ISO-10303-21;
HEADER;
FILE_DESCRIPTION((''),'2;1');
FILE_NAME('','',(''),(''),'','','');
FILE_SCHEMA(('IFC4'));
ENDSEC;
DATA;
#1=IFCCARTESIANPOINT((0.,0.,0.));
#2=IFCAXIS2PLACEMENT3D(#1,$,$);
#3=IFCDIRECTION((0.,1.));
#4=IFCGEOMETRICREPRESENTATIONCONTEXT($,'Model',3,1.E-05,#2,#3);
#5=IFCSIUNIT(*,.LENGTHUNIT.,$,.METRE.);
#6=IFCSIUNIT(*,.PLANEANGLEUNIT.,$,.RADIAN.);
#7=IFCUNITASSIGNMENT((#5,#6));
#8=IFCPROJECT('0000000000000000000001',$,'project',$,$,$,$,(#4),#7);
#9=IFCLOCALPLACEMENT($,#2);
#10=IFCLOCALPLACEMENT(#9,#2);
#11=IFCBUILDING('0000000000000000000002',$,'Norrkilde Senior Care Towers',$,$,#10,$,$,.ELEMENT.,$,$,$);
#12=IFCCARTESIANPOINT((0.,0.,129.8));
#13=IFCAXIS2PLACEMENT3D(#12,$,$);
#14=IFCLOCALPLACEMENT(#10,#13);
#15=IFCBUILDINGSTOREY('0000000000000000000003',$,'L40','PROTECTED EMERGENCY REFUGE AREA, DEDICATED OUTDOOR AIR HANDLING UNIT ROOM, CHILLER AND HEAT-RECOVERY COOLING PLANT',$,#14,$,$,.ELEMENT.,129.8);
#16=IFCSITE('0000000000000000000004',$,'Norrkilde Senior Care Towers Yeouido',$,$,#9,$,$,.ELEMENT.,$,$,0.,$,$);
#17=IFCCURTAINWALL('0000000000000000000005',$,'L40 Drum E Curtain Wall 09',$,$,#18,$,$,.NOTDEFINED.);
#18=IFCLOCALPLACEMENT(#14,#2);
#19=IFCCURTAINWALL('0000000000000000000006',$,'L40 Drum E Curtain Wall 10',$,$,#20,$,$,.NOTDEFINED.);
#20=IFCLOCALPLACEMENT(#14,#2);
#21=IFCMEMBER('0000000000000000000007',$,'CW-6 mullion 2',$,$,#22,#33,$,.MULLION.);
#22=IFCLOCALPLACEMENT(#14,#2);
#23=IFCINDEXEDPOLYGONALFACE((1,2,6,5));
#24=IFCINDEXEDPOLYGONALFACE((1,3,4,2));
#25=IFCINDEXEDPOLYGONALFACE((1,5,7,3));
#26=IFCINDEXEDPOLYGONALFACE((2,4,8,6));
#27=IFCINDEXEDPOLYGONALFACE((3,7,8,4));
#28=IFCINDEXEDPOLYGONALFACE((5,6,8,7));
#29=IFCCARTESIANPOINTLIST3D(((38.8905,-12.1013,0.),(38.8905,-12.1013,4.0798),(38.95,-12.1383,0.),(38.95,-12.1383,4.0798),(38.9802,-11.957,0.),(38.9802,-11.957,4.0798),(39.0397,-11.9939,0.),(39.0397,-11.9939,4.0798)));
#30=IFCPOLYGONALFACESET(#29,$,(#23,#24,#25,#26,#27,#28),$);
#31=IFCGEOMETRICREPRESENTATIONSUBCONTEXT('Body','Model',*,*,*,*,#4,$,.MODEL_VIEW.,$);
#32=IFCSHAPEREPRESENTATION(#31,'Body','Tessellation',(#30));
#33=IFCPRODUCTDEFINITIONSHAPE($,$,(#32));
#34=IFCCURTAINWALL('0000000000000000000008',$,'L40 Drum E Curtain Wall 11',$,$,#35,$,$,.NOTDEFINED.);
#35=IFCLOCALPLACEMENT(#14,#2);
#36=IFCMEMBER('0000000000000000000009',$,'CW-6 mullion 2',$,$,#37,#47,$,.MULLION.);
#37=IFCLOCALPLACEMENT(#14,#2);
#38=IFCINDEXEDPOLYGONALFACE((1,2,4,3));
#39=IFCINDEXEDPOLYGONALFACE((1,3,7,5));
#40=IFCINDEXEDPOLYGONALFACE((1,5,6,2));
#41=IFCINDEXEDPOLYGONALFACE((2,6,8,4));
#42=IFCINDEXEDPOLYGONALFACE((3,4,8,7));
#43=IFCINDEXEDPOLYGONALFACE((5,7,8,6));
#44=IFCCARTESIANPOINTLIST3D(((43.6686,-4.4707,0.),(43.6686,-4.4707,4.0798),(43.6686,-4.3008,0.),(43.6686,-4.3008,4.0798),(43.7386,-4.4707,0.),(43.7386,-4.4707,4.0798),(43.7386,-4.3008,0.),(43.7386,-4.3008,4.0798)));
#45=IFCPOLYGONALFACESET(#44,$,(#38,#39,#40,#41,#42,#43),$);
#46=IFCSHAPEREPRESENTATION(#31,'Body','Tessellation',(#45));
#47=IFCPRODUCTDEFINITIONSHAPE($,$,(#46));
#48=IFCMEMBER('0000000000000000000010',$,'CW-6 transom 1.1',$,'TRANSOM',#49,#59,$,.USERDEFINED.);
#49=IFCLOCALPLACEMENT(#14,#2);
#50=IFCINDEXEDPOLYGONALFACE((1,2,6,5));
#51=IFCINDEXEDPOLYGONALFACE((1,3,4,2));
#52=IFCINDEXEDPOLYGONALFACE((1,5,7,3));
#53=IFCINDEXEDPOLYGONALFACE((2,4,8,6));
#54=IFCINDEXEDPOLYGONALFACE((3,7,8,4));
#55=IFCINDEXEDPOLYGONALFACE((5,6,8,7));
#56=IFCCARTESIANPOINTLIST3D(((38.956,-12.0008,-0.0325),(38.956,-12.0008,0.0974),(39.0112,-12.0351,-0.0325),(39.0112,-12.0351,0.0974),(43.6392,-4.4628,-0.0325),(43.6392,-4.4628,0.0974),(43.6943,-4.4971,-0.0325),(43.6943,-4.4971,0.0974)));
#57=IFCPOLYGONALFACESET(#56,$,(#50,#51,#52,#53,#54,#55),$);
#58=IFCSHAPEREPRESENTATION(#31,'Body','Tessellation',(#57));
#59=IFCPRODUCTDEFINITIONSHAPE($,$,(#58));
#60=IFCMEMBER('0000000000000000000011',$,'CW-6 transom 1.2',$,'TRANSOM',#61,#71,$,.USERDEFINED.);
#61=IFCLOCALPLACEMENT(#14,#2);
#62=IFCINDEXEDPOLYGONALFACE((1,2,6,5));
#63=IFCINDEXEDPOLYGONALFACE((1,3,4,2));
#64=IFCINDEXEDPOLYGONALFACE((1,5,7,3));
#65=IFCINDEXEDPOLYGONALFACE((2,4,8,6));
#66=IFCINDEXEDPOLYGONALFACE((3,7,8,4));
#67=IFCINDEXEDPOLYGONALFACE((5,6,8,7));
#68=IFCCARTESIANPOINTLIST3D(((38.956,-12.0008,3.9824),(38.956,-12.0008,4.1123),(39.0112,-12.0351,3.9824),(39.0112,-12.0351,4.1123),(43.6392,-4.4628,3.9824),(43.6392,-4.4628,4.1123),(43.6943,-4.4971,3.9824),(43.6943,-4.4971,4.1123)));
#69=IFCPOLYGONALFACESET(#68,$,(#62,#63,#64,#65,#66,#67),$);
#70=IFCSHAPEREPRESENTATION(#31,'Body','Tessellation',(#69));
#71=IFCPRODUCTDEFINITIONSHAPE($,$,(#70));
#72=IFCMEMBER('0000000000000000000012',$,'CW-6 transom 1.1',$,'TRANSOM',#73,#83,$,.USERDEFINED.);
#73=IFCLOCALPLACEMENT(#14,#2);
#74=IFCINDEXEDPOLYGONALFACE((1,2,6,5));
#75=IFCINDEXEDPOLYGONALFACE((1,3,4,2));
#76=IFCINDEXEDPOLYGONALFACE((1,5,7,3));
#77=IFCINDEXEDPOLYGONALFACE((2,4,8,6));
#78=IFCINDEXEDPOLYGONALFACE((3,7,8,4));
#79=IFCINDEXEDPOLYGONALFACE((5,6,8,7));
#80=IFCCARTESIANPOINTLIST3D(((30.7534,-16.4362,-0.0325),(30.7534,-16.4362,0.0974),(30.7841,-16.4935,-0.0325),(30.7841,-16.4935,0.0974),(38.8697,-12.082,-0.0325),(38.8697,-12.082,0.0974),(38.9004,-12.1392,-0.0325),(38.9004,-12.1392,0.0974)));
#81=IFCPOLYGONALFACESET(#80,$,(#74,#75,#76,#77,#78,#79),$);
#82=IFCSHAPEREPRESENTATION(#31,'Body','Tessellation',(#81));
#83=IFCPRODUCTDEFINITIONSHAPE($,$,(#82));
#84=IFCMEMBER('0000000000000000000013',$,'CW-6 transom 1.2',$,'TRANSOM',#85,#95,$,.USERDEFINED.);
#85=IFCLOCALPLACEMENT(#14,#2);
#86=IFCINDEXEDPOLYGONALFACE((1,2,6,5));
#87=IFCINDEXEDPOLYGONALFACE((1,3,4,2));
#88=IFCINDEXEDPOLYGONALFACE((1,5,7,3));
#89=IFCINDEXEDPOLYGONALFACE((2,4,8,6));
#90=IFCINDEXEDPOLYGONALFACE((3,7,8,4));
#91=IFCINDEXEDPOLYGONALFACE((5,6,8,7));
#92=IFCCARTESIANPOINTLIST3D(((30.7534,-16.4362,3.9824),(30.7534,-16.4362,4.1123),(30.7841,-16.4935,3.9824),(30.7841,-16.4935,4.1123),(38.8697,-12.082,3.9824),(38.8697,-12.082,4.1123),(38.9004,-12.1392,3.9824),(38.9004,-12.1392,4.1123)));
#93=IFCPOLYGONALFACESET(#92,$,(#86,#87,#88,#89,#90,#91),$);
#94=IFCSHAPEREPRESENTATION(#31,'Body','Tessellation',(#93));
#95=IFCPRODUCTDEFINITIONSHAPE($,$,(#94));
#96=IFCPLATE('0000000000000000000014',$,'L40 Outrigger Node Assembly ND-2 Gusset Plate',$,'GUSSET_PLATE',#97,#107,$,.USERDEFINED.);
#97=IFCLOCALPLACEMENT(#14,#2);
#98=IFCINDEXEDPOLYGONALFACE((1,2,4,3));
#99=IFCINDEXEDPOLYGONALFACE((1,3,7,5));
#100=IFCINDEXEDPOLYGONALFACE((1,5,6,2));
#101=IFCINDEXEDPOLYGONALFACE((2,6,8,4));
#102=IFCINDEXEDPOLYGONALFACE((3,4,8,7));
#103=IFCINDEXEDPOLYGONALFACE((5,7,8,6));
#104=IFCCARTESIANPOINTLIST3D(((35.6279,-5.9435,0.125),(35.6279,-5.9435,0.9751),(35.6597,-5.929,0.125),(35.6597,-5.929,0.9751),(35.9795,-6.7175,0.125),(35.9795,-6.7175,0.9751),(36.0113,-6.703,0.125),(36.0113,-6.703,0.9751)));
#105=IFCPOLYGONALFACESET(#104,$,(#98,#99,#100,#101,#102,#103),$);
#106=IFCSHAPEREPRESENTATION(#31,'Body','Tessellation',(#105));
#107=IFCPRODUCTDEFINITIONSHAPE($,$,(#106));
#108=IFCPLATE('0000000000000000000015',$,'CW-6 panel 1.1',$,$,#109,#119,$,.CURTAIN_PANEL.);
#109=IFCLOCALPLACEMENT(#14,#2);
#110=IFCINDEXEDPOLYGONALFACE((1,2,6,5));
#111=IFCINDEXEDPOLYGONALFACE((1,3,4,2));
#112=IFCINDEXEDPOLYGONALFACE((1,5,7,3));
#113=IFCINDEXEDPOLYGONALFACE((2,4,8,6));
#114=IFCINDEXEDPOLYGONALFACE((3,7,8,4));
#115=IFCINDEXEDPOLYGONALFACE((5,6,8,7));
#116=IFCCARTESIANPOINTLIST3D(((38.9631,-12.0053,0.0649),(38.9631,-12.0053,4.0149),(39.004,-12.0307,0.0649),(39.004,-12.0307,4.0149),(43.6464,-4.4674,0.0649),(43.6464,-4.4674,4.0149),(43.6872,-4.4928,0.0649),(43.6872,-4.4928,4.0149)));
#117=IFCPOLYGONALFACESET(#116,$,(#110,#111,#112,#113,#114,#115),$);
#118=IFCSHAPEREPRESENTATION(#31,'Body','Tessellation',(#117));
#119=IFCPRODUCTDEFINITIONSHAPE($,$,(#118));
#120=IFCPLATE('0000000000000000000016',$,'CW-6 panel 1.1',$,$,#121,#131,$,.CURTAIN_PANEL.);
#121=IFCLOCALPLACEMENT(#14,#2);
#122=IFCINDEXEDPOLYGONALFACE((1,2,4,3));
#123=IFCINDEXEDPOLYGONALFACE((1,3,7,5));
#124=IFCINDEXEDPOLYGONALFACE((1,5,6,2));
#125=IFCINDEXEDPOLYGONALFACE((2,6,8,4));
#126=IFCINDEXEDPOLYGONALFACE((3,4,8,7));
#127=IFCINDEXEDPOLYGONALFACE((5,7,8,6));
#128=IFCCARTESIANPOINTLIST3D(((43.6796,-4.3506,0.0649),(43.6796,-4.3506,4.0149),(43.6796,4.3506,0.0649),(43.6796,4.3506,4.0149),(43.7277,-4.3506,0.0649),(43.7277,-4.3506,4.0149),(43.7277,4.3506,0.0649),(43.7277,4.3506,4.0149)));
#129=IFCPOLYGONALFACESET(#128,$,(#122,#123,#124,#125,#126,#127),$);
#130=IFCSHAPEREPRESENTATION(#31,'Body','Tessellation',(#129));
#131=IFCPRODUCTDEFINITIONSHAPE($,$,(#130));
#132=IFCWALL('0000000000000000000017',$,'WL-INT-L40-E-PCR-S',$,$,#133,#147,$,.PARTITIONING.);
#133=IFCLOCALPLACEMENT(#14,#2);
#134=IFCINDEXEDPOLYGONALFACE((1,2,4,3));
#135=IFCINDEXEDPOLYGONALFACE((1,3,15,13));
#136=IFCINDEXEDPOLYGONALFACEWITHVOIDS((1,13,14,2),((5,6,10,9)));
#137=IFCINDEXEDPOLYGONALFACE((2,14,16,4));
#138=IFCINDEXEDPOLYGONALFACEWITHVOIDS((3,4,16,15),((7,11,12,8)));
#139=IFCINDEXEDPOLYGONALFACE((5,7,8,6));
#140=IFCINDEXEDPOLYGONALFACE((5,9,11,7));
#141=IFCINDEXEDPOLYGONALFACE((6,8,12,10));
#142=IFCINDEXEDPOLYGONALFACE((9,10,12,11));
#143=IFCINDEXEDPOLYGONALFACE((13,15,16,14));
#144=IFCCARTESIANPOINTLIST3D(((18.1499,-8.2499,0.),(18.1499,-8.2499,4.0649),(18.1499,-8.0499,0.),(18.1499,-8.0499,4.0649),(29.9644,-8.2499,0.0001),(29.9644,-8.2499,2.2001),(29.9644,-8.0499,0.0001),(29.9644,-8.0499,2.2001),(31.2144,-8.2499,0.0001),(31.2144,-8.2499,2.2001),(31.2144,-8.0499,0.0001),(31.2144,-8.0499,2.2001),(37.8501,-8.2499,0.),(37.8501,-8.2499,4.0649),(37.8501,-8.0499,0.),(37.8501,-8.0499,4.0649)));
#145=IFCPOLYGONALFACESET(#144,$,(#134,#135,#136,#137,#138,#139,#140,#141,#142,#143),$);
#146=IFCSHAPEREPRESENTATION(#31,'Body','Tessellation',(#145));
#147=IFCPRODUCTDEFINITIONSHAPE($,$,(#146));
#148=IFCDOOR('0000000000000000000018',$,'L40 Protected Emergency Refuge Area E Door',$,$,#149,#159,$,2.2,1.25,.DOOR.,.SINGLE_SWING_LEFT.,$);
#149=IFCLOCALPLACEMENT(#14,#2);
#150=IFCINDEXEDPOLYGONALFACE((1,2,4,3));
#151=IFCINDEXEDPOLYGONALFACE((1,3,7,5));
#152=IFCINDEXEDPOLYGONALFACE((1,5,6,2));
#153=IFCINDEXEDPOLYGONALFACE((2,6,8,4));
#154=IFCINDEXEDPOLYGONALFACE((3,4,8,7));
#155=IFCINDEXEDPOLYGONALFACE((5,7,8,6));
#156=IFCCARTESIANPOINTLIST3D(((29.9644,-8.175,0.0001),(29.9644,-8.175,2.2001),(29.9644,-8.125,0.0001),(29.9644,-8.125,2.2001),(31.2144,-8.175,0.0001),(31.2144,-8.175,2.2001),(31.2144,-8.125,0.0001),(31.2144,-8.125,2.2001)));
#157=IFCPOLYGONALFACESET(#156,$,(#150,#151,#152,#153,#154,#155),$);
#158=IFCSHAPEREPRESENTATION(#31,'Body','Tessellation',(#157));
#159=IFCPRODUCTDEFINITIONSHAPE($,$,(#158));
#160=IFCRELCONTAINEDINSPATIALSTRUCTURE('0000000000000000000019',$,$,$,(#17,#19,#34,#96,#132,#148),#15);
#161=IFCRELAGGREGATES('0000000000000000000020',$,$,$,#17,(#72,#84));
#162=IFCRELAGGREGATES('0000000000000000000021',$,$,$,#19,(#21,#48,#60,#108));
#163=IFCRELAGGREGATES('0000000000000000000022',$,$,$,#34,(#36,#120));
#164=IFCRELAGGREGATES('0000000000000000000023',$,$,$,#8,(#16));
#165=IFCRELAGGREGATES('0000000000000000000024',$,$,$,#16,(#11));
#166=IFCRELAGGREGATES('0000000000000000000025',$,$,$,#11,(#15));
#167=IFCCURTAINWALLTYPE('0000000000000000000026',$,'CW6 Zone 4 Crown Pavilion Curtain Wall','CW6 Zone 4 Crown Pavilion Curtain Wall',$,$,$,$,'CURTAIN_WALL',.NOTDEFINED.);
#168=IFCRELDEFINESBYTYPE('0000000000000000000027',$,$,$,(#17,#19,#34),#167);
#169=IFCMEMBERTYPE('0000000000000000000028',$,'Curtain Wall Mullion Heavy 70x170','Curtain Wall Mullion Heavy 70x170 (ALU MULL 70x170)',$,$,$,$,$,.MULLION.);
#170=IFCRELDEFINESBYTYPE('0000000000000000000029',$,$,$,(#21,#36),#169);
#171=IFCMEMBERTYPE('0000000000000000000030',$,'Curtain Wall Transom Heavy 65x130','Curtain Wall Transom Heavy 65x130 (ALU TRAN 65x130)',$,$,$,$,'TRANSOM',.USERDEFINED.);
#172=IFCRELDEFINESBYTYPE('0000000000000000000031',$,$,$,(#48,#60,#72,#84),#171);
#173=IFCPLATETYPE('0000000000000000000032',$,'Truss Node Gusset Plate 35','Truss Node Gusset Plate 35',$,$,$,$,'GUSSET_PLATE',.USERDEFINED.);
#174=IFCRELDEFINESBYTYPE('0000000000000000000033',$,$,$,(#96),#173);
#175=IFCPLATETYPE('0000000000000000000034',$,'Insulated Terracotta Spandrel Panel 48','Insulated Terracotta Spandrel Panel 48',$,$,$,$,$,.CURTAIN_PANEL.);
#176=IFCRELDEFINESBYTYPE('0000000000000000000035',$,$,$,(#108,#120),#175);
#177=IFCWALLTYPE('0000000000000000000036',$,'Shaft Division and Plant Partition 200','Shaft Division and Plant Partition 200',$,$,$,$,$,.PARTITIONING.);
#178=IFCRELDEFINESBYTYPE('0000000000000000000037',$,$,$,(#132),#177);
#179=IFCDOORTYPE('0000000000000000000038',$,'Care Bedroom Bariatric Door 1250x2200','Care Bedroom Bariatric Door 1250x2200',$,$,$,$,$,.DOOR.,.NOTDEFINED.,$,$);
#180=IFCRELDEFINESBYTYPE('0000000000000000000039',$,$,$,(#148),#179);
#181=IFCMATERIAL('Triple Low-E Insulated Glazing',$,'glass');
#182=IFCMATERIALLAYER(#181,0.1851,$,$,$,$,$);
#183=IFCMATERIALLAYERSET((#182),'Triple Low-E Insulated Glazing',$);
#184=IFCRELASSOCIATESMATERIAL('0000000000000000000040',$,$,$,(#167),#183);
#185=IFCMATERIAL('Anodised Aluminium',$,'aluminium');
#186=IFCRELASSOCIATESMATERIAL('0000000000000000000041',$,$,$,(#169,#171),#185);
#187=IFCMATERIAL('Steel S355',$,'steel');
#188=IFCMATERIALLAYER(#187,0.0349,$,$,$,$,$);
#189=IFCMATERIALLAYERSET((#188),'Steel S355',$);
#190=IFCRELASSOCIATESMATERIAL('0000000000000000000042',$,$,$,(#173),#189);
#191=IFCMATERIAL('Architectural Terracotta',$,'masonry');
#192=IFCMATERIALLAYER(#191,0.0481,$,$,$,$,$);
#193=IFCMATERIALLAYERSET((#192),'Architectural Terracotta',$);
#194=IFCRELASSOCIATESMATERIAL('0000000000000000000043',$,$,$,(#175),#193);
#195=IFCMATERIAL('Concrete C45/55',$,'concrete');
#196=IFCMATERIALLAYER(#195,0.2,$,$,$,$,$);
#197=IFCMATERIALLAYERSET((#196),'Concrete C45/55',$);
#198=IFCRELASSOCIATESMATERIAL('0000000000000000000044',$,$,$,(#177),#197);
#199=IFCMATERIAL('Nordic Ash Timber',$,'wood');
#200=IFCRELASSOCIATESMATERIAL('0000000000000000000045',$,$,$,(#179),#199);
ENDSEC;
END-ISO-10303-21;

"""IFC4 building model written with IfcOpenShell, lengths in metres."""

from ifc_helpers import new_model, si_unit, direction, frame, frame_2d, origin, origin_2d, place, context, subcontext, project, spatial, rectangle, extrude, source, transform, mapped, material, layer, layer_set, material_profile, profile_set, type_object, type_shapes, element, fill, aggregate, save


model = new_model("IFC4")

# Units and contexts
model_context = context("Model", 3, precision=1e-05, world=origin(), true_north=direction((0.0, 1.0)))
body_context = subcontext(model_context, "Body", "Model", "MODEL_VIEW")
ifc_project = project(units=[si_unit("LENGTHUNIT", "METRE"), si_unit("PLANEANGLEUNIT", "RADIAN")], contexts=[model_context])

# Site, building, storey
site_placement = place(None, origin())
site = spatial("IfcSite", under=ifc_project, at=site_placement, Name="Norrkilde Senior Care Towers Yeouido", CompositionType="ELEMENT", RefElevation=0.0)
building_placement = place(site_placement, origin())
building = spatial("IfcBuilding", under=site, at=building_placement, Name="Norrkilde Senior Care Towers", CompositionType="ELEMENT")
storey_placement = place(building_placement, frame((0.0, 0.0, 129.8)))
storey = spatial("IfcBuildingStorey", under=building, at=storey_placement, Name="L40", Description="PROTECTED EMERGENCY REFUGE AREA, DEDICATED OUTDOOR AIR HANDLING UNIT ROOM, CHILLER AND HEAT-RECOVERY COOLING PLANT", CompositionType="ELEMENT", Elevation=129.8)

# Shared definitions
ifc_material_1 = material(Name="Steel S355", Category="steel")

# Curtain wall
ifc_material_2 = material(Name="Triple Low-E Insulated Glazing", Category="glass")
ifc_layer_1 = layer(ifc_material_2, 0.1851)
ifc_layer_set_1 = layer_set([ifc_layer_1], Name="Triple Low-E Insulated Glazing")
curtain_wall_type = type_object("IfcCurtainWallType", Name="CW6 Zone 4 Crown Pavilion Curtain Wall", Description="CW6 Zone 4 Crown Pavilion Curtain Wall", ElementType="CURTAIN_WALL", PredefinedType="NOTDEFINED", material=ifc_layer_set_1)
curtain_wall_1_placement = place(storey_placement, origin())
curtain_wall_1 = element("IfcCurtainWall", 1, at=curtain_wall_1_placement, inside=storey, type_object=curtain_wall_type, Name="L40 Drum E Curtain Wall 09", PredefinedType="NOTDEFINED")
ifc_material_3 = material(Name="Anodised Aluminium", Category="aluminium")
ifc_material_profile_1 = material_profile(ifc_material_3, rectangle(XDim=0.0701, YDim=0.1699, at=origin_2d()), Name="ALU MULL 70x170")
ifc_profile_set_1 = profile_set([ifc_material_profile_1], Name="Anodised Aluminium")
member_type_1 = type_object("IfcMemberType", Name="Curtain Wall Mullion Heavy 70x170", Description="Curtain Wall Mullion Heavy 70x170 (ALU MULL 70x170)", PredefinedType="MULLION", material=ifc_profile_set_1)
shared_shape_1 = source(origin(), body_context, "Body", "SweptSolid", [
    extrude(rectangle(XDim=0.0701, YDim=0.1699, at=origin_2d()), origin(), (0.0, 0.0, 1.0), 4.0798),
])
type_shapes(member_type_1, [shared_shape_1])

# Curtain wall, member
curtain_wall_2_placement = place(storey_placement, origin())
curtain_wall_2 = element("IfcCurtainWall", 2, at=curtain_wall_2_placement, inside=storey, type_object=curtain_wall_type, Name="L40 Drum E Curtain Wall 10", PredefinedType="NOTDEFINED")
member_1_placement = place(storey_placement, frame((38.9651, -12.0476, 0.0), z_axis=(0.0, 0.0, 1.0), x_axis=(0.84941, -0.527733, 0.0)))
member_1 = element("IfcMember", 3, at=member_1_placement, type_object=member_type_1, Name="CW-6 mullion 2", PredefinedType="MULLION", context=body_context, shape_type="MappedRepresentation", body=[
    mapped(shared_shape_1, transform((0.0, 0.0, 0.0), x_axis=(1.0, 0.0, 0.0), y_axis=(0.0, 1.0, 0.0), z_axis=(0.0, 0.0, 1.0), scale=1.0)),
])

# Curtain wall, member
curtain_wall_3_placement = place(storey_placement, origin())
curtain_wall_3 = element("IfcCurtainWall", 4, at=curtain_wall_3_placement, inside=storey, type_object=curtain_wall_type, Name="L40 Drum E Curtain Wall 11", PredefinedType="NOTDEFINED")
member_2_placement = place(storey_placement, frame((43.7036, -4.3857, 0.0), z_axis=(0.0, 0.0, 1.0), x_axis=(1.0, 0.0, 0.0)))
member_2 = element("IfcMember", 5, at=member_2_placement, type_object=member_type_1, Name="CW-6 mullion 2", PredefinedType="MULLION", context=body_context, shape_type="MappedRepresentation", body=[
    mapped(shared_shape_1, transform((0.0, 0.0, 0.0), x_axis=(1.0, 0.0, 0.0), y_axis=(0.0, 1.0, 0.0), z_axis=(0.0, 0.0, 1.0), scale=1.0)),
])

# Members
ifc_material_profile_2 = material_profile(ifc_material_3, rectangle(XDim=0.0649, YDim=0.1299, at=origin_2d()), Name="ALU TRAN 65x130")
ifc_profile_set_2 = profile_set([ifc_material_profile_2], Name="Anodised Aluminium")
member_type_2 = type_object("IfcMemberType", Name="Curtain Wall Transom Heavy 65x130", Description="Curtain Wall Transom Heavy 65x130 (ALU TRAN 65x130)", ElementType="TRANSOM", PredefinedType="USERDEFINED", material=ifc_profile_set_2)
shared_shape_2 = source(origin(), body_context, "Body", "SweptSolid", [
    extrude(rectangle(XDim=0.0649, YDim=0.1299, at=origin_2d()), origin(), (0.0, 0.0, 1.0), 8.8743),
])
member_3_placement = place(storey_placement, frame((43.6667, -4.48, 0.0325), z_axis=(-0.527724, -0.849416, 0.0), x_axis=(0.849416, -0.527724, 0.0)))
member_3 = element("IfcMember", 6, at=member_3_placement, type_object=member_type_2, Name="CW-6 transom 1.1", ObjectType="TRANSOM", PredefinedType="USERDEFINED", context=body_context, shape_type="MappedRepresentation", body=[
    mapped(shared_shape_2, transform((0.0, 0.0, 0.0), x_axis=(1.0, 0.0, 0.0), y_axis=(0.0, 1.0, 0.0), z_axis=(0.0, 0.0, 1.0), scale=1.0)),
])
member_4_placement = place(storey_placement, frame((43.6667, -4.48, 4.0474), z_axis=(-0.527724, -0.849416, 0.0), x_axis=(0.849416, -0.527724, 0.0)))
member_4 = element("IfcMember", 7, at=member_4_placement, type_object=member_type_2, Name="CW-6 transom 1.2", ObjectType="TRANSOM", PredefinedType="USERDEFINED", context=body_context, shape_type="MappedRepresentation", body=[
    mapped(shared_shape_2, transform((0.0, 0.0, 0.0), x_axis=(1.0, 0.0, 0.0), y_axis=(0.0, 1.0, 0.0), z_axis=(0.0, 0.0, 1.0), scale=1.0)),
])
shared_shape_3 = source(origin(), body_context, "Body", "SweptSolid", [
    extrude(rectangle(XDim=0.0649, YDim=0.1299, at=origin_2d()), origin(), (0.0, 0.0, 1.0), 9.2104),
])
type_shapes(member_type_2, [shared_shape_2, shared_shape_3])
member_5_placement = place(storey_placement, frame((38.885, -12.1106, 0.0325), z_axis=(-0.881196, -0.472751, 0.0), x_axis=(0.472751, -0.881196, 0.0)))
member_5 = element("IfcMember", 8, at=member_5_placement, type_object=member_type_2, Name="CW-6 transom 1.1", ObjectType="TRANSOM", PredefinedType="USERDEFINED", context=body_context, shape_type="MappedRepresentation", body=[
    mapped(shared_shape_3, transform((0.0, 0.0, 0.0), x_axis=(1.0, 0.0, 0.0), y_axis=(0.0, 1.0, 0.0), z_axis=(0.0, 0.0, 1.0), scale=1.0)),
])
member_6_placement = place(storey_placement, frame((38.885, -12.1106, 4.0474), z_axis=(-0.881196, -0.472751, 0.0), x_axis=(0.472751, -0.881196, 0.0)))
member_6 = element("IfcMember", 9, at=member_6_placement, type_object=member_type_2, Name="CW-6 transom 1.2", ObjectType="TRANSOM", PredefinedType="USERDEFINED", context=body_context, shape_type="MappedRepresentation", body=[
    mapped(shared_shape_3, transform((0.0, 0.0, 0.0), x_axis=(1.0, 0.0, 0.0), y_axis=(0.0, 1.0, 0.0), z_axis=(0.0, 0.0, 1.0), scale=1.0)),
])
aggregate(curtain_wall_1, [member_5, member_6])

# Plates
ifc_layer_2 = layer(ifc_material_1, 0.0349)
ifc_layer_set_2 = layer_set([ifc_layer_2], Name="Steel S355")
plate_type_1 = type_object("IfcPlateType", Name="Truss Node Gusset Plate 35", Description="Truss Node Gusset Plate 35", ElementType="GUSSET_PLATE", PredefinedType="USERDEFINED", material=ifc_layer_set_2)
shared_shape_4 = source(origin(), body_context, "Body", "SweptSolid", [
    extrude(rectangle(XDim=0.8501, YDim=0.0349, at=origin_2d()), origin(), (0.0, 0.0, 1.0), 0.8501),
])
type_shapes(plate_type_1, [shared_shape_4])
plate_1_placement = place(storey_placement, frame((35.8196, -6.3232, 0.125), z_axis=(0.0, 0.0, 1.0), x_axis=(0.413581, -0.910467, 0.0)))
element("IfcPlate", 10, at=plate_1_placement, inside=storey, type_object=plate_type_1, Name="L40 Outrigger Node Assembly ND-2 Gusset Plate", ObjectType="GUSSET_PLATE", PredefinedType="USERDEFINED", context=body_context, shape_type="MappedRepresentation", body=[
    mapped(shared_shape_4, transform((0.0, 0.0, 0.0), x_axis=(1.0, 0.0, 0.0), y_axis=(0.0, 1.0, 0.0), z_axis=(0.0, 0.0, 1.0), scale=1.0)),
])
ifc_material_4 = material(Name="Architectural Terracotta", Category="masonry")
ifc_layer_3 = layer(ifc_material_4, 0.0481)
ifc_layer_set_3 = layer_set([ifc_layer_3], Name="Architectural Terracotta")
plate_type_2 = type_object("IfcPlateType", Name="Insulated Terracotta Spandrel Panel 48", Description="Insulated Terracotta Spandrel Panel 48", PredefinedType="CURTAIN_PANEL", material=ifc_layer_set_3)
shared_shape_5 = source(origin(), body_context, "Body", "SweptSolid", [
    extrude(rectangle(XDim=8.8743, YDim=0.0481, at=origin_2d()), origin(), (0.0, 0.0, 1.0), 3.95),
])
plate_2_placement = place(storey_placement, frame((41.3252, -8.249, 0.0649), z_axis=(0.0, 0.0, 1.0), x_axis=(-0.527733, -0.84941, 0.0)))
plate_2 = element("IfcPlate", 11, at=plate_2_placement, type_object=plate_type_2, Name="CW-6 panel 1.1", PredefinedType="CURTAIN_PANEL", context=body_context, shape_type="MappedRepresentation", body=[
    mapped(shared_shape_5, transform((0.0, 0.0, 0.0), x_axis=(1.0, 0.0, 0.0), y_axis=(0.0, 1.0, 0.0), z_axis=(0.0, 0.0, 1.0), scale=1.0)),
])
aggregate(curtain_wall_2, [member_1, member_3, member_4, plate_2])
shared_shape_6 = source(origin(), body_context, "Body", "SweptSolid", [
    extrude(rectangle(XDim=8.7012, YDim=0.0481, at=origin_2d()), origin(), (0.0, 0.0, 1.0), 3.95),
])
type_shapes(plate_type_2, [shared_shape_5, shared_shape_6])
plate_3_placement = place(storey_placement, frame((43.7036, 0.0, 0.0649), z_axis=(0.0, 0.0, 1.0), x_axis=(0.0, -1.0, 0.0)))
plate_3 = element("IfcPlate", 12, at=plate_3_placement, type_object=plate_type_2, Name="CW-6 panel 1.1", PredefinedType="CURTAIN_PANEL", context=body_context, shape_type="MappedRepresentation", body=[
    mapped(shared_shape_6, transform((0.0, 0.0, 0.0), x_axis=(1.0, 0.0, 0.0), y_axis=(0.0, 1.0, 0.0), z_axis=(0.0, 0.0, 1.0), scale=1.0)),
])
aggregate(curtain_wall_3, [member_2, plate_3])

# Wall, opening, door
ifc_material_5 = material(Name="Concrete C45/55", Category="concrete")
ifc_layer_4 = layer(ifc_material_5, 0.2)
ifc_layer_set_4 = layer_set([ifc_layer_4], Name="Concrete C45/55")
wall_type = type_object("IfcWallType", Name="Shaft Division and Plant Partition 200", Description="Shaft Division and Plant Partition 200", PredefinedType="PARTITIONING", material=ifc_layer_set_4)
shared_shape_7 = source(origin(), body_context, "Body", "SweptSolid", [
    extrude(rectangle(XDim=19.7002, YDim=0.2, at=frame_2d((9.8501, 0.0))), origin(), (0.0, 0.0, 1.0), 4.0649),
])
wall_1_placement = place(storey_placement, frame((37.8501, -8.1499, 0.0), z_axis=(0.0, 0.0, 1.0), x_axis=(-1.0, 0.0, 0.0)))
wall_1 = element("IfcWall", 13, at=wall_1_placement, inside=storey, type_object=wall_type, Name="WL-INT-L40-E-PCR-S", PredefinedType="PARTITIONING", context=body_context, shape_type="MappedRepresentation", body=[
    mapped(shared_shape_7, transform((0.0, 0.0, 0.0), x_axis=(1.0, 0.0, 0.0), y_axis=(0.0, 1.0, 0.0), z_axis=(0.0, 0.0, 1.0), scale=1.0)),
])
opening_placement = place(wall_1_placement, frame((6.6357, 0.0, 0.0)))
opening = element("IfcOpeningElement", 14, at=opening_placement, cuts=wall_1, PredefinedType="OPENING", context=body_context, shape_type="SweptSolid", body=[
    extrude(rectangle(XDim=1.25, YDim=2.2, at=frame_2d((0.625, 1.1001))), frame((0.0, 0.1099, 0.0), z_axis=(0.0, -1.0, 0.0), x_axis=(1.0, 0.0, 0.0)), (0.0, 0.0, 1.0), 0.22),
])
ifc_material_6 = material(Name="Nordic Ash Timber", Category="wood")
door_type = type_object("IfcDoorType", Name="Care Bedroom Bariatric Door 1250x2200", Description="Care Bedroom Bariatric Door 1250x2200", OperationType="NOTDEFINED", PredefinedType="DOOR", material=ifc_material_6)
shared_shape_8 = source(origin(), body_context, "Body", "SweptSolid", [
    extrude(rectangle(XDim=1.25, YDim=2.2, at=frame_2d((0.625, 1.1001))), frame((0.0, 0.0249, 0.0), z_axis=(0.0, -1.0, 0.0), x_axis=(1.0, 0.0, 0.0)), (0.0, 0.0, 1.0), 0.05),
])
type_shapes(door_type, [shared_shape_8])
door_placement = place(opening_placement, frame((1.25, 0.0, 0.0), z_axis=(0.0, 0.0, 1.0), x_axis=(-1.0, 0.0, 0.0)))
door = element("IfcDoor", 15, at=door_placement, inside=storey, type_object=door_type, Name="L40 Protected Emergency Refuge Area E Door", OperationType="SINGLE_SWING_LEFT", OverallHeight=2.2, OverallWidth=1.25, PredefinedType="DOOR", context=body_context, shape_type="MappedRepresentation", body=[
    mapped(shared_shape_8, transform((0.0, 0.0, 0.0), x_axis=(1.0, 0.0, 0.0), y_axis=(0.0, 1.0, 0.0), z_axis=(0.0, 0.0, 1.0), scale=1.0)),
])
fill(opening, door)

save(model, "model.ifc")
